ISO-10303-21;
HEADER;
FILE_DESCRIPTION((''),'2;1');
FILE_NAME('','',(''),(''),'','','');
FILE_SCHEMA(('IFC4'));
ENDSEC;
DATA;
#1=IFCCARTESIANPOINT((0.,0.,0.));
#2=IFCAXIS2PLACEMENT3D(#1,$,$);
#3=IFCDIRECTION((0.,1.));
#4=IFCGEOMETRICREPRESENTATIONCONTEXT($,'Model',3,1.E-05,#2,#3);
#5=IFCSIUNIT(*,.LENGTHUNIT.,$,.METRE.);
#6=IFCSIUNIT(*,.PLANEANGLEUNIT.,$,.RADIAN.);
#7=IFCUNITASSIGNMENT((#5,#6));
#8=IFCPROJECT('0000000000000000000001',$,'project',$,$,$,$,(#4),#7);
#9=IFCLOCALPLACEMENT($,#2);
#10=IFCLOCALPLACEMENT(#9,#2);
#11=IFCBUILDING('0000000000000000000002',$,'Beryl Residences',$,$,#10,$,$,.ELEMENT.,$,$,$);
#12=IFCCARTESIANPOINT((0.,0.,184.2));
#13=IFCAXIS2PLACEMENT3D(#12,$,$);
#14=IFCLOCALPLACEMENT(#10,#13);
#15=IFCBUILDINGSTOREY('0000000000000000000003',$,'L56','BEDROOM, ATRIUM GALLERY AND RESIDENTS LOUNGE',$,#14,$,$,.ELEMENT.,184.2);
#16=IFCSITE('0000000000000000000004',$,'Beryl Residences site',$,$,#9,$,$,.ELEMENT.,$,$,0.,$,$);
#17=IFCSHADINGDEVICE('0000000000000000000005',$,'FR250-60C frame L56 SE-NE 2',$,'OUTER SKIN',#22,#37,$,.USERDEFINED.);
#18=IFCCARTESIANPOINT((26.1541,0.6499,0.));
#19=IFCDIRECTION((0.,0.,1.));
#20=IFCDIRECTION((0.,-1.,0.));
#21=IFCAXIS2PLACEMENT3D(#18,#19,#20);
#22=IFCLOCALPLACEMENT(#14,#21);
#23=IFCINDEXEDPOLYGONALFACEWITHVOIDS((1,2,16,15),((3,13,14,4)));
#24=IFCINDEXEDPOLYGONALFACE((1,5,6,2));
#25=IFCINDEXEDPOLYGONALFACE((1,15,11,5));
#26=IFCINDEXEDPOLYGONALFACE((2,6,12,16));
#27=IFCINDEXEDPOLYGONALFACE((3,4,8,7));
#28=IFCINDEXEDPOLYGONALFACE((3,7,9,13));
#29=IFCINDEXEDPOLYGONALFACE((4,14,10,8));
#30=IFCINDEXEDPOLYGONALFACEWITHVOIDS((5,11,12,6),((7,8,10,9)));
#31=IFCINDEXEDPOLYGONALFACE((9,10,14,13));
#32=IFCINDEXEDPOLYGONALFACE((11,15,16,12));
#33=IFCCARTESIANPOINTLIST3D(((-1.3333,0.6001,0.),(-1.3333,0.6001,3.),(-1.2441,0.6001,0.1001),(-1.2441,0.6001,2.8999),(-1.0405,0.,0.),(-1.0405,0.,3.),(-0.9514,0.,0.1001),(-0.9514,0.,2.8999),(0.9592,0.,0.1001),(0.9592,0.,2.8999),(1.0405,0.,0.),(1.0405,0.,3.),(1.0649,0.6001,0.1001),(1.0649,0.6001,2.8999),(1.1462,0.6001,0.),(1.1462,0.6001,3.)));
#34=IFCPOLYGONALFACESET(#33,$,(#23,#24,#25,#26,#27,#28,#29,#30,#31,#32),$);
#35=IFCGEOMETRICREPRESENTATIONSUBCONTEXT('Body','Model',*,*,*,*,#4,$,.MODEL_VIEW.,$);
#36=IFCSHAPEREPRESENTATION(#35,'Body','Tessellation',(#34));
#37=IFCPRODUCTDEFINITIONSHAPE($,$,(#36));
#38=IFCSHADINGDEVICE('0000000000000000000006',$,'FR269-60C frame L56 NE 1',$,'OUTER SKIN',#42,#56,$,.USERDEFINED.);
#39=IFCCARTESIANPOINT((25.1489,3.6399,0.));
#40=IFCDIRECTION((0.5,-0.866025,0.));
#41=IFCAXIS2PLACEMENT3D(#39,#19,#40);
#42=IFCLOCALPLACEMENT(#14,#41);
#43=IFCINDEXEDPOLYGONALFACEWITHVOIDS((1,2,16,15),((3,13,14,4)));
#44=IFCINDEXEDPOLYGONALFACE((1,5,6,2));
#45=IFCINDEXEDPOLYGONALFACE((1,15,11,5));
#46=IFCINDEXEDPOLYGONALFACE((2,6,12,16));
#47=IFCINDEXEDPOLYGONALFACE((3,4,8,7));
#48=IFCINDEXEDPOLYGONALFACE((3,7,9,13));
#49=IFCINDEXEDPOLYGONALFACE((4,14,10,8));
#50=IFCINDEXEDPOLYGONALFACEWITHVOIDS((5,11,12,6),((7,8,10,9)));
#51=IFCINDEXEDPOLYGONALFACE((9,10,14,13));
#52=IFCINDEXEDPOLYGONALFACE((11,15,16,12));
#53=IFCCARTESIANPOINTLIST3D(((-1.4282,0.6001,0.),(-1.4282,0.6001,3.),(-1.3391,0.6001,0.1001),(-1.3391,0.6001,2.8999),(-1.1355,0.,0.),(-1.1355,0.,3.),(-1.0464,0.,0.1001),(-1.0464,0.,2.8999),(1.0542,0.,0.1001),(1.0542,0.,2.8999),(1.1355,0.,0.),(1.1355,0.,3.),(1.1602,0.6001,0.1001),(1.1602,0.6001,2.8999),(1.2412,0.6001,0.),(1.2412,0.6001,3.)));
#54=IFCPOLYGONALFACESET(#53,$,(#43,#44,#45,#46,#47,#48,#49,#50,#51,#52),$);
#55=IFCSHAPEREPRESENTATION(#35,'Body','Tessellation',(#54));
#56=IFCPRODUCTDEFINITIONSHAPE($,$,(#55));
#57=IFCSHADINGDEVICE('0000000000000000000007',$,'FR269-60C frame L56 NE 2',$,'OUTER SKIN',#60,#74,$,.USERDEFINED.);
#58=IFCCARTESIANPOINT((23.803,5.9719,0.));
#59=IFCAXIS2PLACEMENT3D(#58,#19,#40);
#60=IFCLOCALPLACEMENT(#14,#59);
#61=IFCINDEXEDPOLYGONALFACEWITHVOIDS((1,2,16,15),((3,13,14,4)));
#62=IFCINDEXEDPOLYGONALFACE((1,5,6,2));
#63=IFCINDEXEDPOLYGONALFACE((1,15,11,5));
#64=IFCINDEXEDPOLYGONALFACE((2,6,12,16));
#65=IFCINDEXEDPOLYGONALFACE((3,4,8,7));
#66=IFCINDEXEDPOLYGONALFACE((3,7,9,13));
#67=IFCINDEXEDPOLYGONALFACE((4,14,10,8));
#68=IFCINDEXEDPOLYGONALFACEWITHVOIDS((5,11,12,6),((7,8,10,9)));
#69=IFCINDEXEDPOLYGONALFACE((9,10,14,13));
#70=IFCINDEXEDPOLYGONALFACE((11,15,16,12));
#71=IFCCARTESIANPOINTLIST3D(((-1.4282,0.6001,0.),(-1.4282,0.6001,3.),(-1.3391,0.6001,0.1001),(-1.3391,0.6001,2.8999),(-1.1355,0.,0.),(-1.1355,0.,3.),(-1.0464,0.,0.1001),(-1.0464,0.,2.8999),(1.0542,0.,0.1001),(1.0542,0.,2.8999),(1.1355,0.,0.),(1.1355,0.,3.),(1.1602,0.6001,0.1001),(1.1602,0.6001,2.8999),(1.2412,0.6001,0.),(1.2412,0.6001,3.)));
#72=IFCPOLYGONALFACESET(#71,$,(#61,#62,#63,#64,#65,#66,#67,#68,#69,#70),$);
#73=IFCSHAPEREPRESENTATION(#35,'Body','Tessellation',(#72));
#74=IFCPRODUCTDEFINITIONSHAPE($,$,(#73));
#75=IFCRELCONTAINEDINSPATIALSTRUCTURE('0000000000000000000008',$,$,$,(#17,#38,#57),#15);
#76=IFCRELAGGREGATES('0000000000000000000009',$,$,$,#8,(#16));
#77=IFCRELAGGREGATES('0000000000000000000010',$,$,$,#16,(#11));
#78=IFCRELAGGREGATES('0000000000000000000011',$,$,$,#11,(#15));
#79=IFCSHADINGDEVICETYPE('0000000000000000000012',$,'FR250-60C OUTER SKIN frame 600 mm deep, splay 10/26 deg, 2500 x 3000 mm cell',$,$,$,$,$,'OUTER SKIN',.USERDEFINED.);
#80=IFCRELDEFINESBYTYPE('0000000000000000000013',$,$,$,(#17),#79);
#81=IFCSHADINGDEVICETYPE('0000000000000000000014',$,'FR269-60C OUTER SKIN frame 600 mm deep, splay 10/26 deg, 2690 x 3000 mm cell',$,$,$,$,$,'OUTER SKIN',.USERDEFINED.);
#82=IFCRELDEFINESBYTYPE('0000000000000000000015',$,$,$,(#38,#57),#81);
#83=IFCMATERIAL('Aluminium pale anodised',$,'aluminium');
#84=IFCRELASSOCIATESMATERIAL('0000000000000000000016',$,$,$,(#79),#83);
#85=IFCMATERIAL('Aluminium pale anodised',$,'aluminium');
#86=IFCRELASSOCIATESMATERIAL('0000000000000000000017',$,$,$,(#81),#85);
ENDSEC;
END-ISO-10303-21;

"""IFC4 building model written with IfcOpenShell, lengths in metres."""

from ifc_helpers import new_model, entity, si_unit, direction, frame, origin, place, context, subcontext, project, spatial, source, transform, mapped, material, type_object, type_shapes, element, save


model = new_model("IFC4")

# Units and contexts
model_context = context("Model", 3, precision=1e-05, world=origin(), true_north=direction((0.0, 1.0)))
body_context = subcontext(model_context, "Body", "Model", "MODEL_VIEW")
ifc_project = project(units=[si_unit("LENGTHUNIT", "METRE"), si_unit("PLANEANGLEUNIT", "RADIAN")], contexts=[model_context])

# Site, building, storey
site_placement = place(None, origin())
site = spatial("IfcSite", under=ifc_project, at=site_placement, Name="Beryl Residences site", CompositionType="ELEMENT", RefElevation=0.0)
building_placement = place(site_placement, origin())
building = spatial("IfcBuilding", under=site, at=building_placement, Name="Beryl Residences", CompositionType="ELEMENT")
storey_placement = place(building_placement, frame((0.0, 0.0, 184.2)))
storey = spatial("IfcBuildingStorey", under=building, at=storey_placement, Name="L56", Description="BEDROOM, ATRIUM GALLERY AND RESIDENTS LOUNGE", CompositionType="ELEMENT", Elevation=184.2)

# Shading devices
ifc_material_1 = material(Name="Aluminium pale anodised", Category="aluminium")
shading_device_type_1 = type_object("IfcShadingDeviceType", Name="FR250-60C OUTER SKIN frame 600 mm deep, splay 10/26 deg, 2500 x 3000 mm cell", ElementType="OUTER SKIN", PredefinedType="USERDEFINED", material=ifc_material_1)
cartesian_point_1 = entity("IfcCartesianPoint", [-1.0405, 0.0])
cartesian_point_2 = entity("IfcCartesianPoint", [-0.9592, 0.1001])
cartesian_point_3 = entity("IfcCartesianPoint", [-1.1462, 0.0])
cartesian_point_4 = entity("IfcCartesianPoint", [-1.0649, 0.1001])
shared_shape_1 = source(origin(), body_context, "Body", "SweptSolid", [
    entity("IfcExtrudedAreaSolidTapered", entity("IfcArbitraryProfileDefWithVoids", "AREA", None, entity("IfcPolyline", [cartesian_point_1, entity("IfcCartesianPoint", [1.0405, 0.0]), entity("IfcCartesianPoint", [1.0405, 3.0]), entity("IfcCartesianPoint", [-1.0405, 3.0]), cartesian_point_1]), [entity("IfcPolyline", [cartesian_point_2, entity("IfcCartesianPoint", [0.9514, 0.1001]), entity("IfcCartesianPoint", [0.9514, 2.8999]), entity("IfcCartesianPoint", [-0.9592, 2.8999]), cartesian_point_2])]), entity("IfcAxis2Placement3D", entity("IfcCartesianPoint", [0.0, 0.0, 0.0]), entity("IfcDirection", [0.0, 1.0, 0.0]), entity("IfcDirection", [-1.0, 0.0, 0.0])), entity("IfcDirection", [0.0, 0.0, 1.0]), 0.6001, entity("IfcArbitraryProfileDefWithVoids", "AREA", None, entity("IfcPolyline", [cartesian_point_3, entity("IfcCartesianPoint", [1.3333, 0.0]), entity("IfcCartesianPoint", [1.3333, 3.0]), entity("IfcCartesianPoint", [-1.1462, 3.0]), cartesian_point_3]), [entity("IfcPolyline", [cartesian_point_4, entity("IfcCartesianPoint", [1.2441, 0.1001]), entity("IfcCartesianPoint", [1.2441, 2.8999]), entity("IfcCartesianPoint", [-1.0649, 2.8999]), cartesian_point_4])])),
])
type_shapes(shading_device_type_1, [shared_shape_1])
shading_device_placement = place(storey_placement, frame((26.1541, 0.6499, 0.0), z_axis=(0.0, 0.0, 1.0), x_axis=(0.0, -1.0, 0.0)))
element("IfcShadingDevice", 1, at=shading_device_placement, inside=storey, type_object=shading_device_type_1, Name="FR250-60C frame L56 SE-NE 2", ObjectType="OUTER SKIN", PredefinedType="USERDEFINED", context=body_context, shape_type="MappedRepresentation", body=[
    mapped(shared_shape_1, transform((0.0, 0.0, 0.0))),
])
ifc_material_2 = material(Name="Aluminium pale anodised", Category="aluminium")
shading_device_type_2 = type_object("IfcShadingDeviceType", Name="FR269-60C OUTER SKIN frame 600 mm deep, splay 10/26 deg, 2690 x 3000 mm cell", ElementType="OUTER SKIN", PredefinedType="USERDEFINED", material=ifc_material_2)
cartesian_point_5 = entity("IfcCartesianPoint", [-1.1355, 0.0])
cartesian_point_6 = entity("IfcCartesianPoint", [-1.0542, 0.1001])
cartesian_point_7 = entity("IfcCartesianPoint", [-1.2412, 0.0])
cartesian_point_8 = entity("IfcCartesianPoint", [-1.1602, 0.1001])
shared_shape_2 = source(origin(), body_context, "Body", "SweptSolid", [
    entity("IfcExtrudedAreaSolidTapered", entity("IfcArbitraryProfileDefWithVoids", "AREA", None, entity("IfcPolyline", [cartesian_point_5, entity("IfcCartesianPoint", [1.1355, 0.0]), entity("IfcCartesianPoint", [1.1355, 3.0]), entity("IfcCartesianPoint", [-1.1355, 3.0]), cartesian_point_5]), [entity("IfcPolyline", [cartesian_point_6, entity("IfcCartesianPoint", [1.0464, 0.1001]), entity("IfcCartesianPoint", [1.0464, 2.8999]), entity("IfcCartesianPoint", [-1.0542, 2.8999]), cartesian_point_6])]), entity("IfcAxis2Placement3D", entity("IfcCartesianPoint", [0.0, 0.0, 0.0]), entity("IfcDirection", [0.0, 1.0, 0.0]), entity("IfcDirection", [-1.0, 0.0, 0.0])), entity("IfcDirection", [0.0, 0.0, 1.0]), 0.6001, entity("IfcArbitraryProfileDefWithVoids", "AREA", None, entity("IfcPolyline", [cartesian_point_7, entity("IfcCartesianPoint", [1.4282, 0.0]), entity("IfcCartesianPoint", [1.4282, 3.0]), entity("IfcCartesianPoint", [-1.2412, 3.0]), cartesian_point_7]), [entity("IfcPolyline", [cartesian_point_8, entity("IfcCartesianPoint", [1.3391, 0.1001]), entity("IfcCartesianPoint", [1.3391, 2.8999]), entity("IfcCartesianPoint", [-1.1602, 2.8999]), cartesian_point_8])])),
])
type_shapes(shading_device_type_2, [shared_shape_2])
for number, where, z_axis, x_axis, name in (
    (2, (25.1489, 3.6399, 0.0), (0.0, 0.0, 1.0), (0.5, -0.866025, 0.0), "FR269-60C frame L56 NE 1"),
    (3, (23.803, 5.9719, 0.0), (0.0, 0.0, 1.0), (0.5, -0.866025, 0.0), "FR269-60C frame L56 NE 2"),
):
    element("IfcShadingDevice", number, at=place(storey_placement, frame(where, z_axis=z_axis, x_axis=x_axis)), inside=storey, type_object=shading_device_type_2, Name=name, ObjectType="OUTER SKIN", PredefinedType="USERDEFINED", context=body_context, shape_type="MappedRepresentation", body=[
        mapped(shared_shape_2, transform((0.0, 0.0, 0.0))),
    ])

save(model, "model.ifc")
